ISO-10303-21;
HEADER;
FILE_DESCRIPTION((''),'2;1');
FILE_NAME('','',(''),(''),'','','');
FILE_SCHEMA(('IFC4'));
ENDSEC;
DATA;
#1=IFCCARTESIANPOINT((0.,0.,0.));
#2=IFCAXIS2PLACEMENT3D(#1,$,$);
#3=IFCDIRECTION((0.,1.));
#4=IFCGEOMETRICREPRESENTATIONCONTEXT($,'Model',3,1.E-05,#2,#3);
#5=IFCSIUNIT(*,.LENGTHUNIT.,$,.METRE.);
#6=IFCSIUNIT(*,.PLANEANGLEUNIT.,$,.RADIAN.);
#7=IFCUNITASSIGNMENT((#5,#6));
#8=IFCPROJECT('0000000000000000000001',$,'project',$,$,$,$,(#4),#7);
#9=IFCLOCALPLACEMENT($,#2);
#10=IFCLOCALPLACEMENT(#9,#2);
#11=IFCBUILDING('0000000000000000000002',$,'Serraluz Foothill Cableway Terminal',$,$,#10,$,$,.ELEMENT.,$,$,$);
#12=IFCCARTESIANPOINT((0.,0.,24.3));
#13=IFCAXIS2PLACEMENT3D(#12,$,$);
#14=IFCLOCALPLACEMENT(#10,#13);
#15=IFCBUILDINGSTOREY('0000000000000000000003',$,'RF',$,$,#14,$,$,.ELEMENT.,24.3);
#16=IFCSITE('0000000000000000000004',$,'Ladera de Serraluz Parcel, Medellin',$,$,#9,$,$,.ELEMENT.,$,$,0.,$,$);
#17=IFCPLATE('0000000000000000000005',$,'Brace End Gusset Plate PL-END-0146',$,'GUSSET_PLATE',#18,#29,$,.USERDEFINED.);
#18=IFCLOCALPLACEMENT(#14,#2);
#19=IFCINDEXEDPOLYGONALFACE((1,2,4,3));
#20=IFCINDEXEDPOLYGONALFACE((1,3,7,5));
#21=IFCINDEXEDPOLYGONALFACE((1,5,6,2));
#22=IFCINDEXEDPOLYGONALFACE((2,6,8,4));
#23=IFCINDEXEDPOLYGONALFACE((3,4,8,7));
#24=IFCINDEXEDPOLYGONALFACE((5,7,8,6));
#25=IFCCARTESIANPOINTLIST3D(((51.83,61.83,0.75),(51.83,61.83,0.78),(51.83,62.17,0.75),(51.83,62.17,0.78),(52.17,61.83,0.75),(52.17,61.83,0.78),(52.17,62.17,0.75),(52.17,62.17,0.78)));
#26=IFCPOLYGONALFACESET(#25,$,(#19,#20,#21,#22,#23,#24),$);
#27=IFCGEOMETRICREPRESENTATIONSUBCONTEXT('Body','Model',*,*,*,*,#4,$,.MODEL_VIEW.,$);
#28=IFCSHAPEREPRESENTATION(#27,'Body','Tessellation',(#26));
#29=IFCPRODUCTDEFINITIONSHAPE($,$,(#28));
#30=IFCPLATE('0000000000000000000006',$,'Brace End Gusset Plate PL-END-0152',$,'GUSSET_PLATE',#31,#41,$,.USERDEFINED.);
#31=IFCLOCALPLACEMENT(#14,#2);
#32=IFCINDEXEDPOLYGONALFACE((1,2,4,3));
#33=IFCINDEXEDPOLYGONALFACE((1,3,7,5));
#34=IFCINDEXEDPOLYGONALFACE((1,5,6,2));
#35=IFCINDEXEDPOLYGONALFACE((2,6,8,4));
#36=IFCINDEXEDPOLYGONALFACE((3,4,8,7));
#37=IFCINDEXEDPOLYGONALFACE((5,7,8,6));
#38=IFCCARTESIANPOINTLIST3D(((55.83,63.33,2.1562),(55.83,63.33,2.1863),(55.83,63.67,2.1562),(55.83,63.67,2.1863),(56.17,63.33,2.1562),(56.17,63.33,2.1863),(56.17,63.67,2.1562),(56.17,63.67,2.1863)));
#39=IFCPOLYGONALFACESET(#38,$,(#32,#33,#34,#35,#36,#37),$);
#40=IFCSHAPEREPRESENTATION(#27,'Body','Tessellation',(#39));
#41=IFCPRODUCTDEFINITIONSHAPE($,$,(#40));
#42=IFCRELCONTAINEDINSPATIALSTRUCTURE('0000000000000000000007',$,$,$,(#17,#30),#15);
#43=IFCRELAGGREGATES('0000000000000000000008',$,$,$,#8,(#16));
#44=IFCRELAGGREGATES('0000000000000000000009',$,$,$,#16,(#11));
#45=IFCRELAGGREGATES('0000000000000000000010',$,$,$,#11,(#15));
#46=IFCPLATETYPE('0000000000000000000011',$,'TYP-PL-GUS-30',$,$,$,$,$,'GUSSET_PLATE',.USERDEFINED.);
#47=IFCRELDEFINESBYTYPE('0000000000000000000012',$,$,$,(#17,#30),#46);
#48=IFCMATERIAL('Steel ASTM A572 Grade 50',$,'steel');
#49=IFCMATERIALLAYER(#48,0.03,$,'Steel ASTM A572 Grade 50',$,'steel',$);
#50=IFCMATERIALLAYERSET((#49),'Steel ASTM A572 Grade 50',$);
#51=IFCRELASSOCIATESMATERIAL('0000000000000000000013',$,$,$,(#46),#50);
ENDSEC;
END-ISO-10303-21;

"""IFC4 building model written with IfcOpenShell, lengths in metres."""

from ifc_helpers import new_model, si_unit, direction, frame, origin, origin_2d, place, context, subcontext, project, spatial, rectangle, extrude, material, layer, layer_set, type_object, element, save


model = new_model("IFC4")

# Units and contexts
model_context = context("Model", 3, precision=1e-05, world=origin(), true_north=direction((0.0, 1.0)))
body_context = subcontext(model_context, "Body", "Model", "MODEL_VIEW")
ifc_project = project(units=[si_unit("LENGTHUNIT", "METRE"), si_unit("PLANEANGLEUNIT", "RADIAN")], contexts=[model_context])

# Site, building, storey
site_placement = place(None, origin())
site = spatial("IfcSite", under=ifc_project, at=site_placement, Name="Ladera de Serraluz Parcel, Medellin", CompositionType="ELEMENT", RefElevation=0.0)
building_placement = place(site_placement, origin())
building = spatial("IfcBuilding", under=site, at=building_placement, Name="Serraluz Foothill Cableway Terminal", CompositionType="ELEMENT")
storey_placement = place(building_placement, frame((0.0, 0.0, 24.3)))
storey = spatial("IfcBuildingStorey", under=building, at=storey_placement, Name="RF", CompositionType="ELEMENT", Elevation=24.3)

# Shared definitions
ifc_material_1 = material(Name="Steel ASTM A572 Grade 50", Category="steel")

# Plates
ifc_layer_1 = layer(ifc_material_1, 0.03, Name="Steel ASTM A572 Grade 50", Category="steel")
ifc_layer_set_1 = layer_set([ifc_layer_1], Name="Steel ASTM A572 Grade 50")
plate_type_1 = type_object("IfcPlateType", Name="TYP-PL-GUS-30", ElementType="GUSSET_PLATE", PredefinedType="USERDEFINED", material=ifc_layer_set_1)
for number, where, z_axis, x_axis, name in (
    (1, (52.0, 62.0, 0.75), (0.0, 0.0, 1.0), (1.0, 0.0, 0.0), "Brace End Gusset Plate PL-END-0146"),
    (2, (56.0, 63.5, 2.1562), (0.0, 0.0, 1.0), (1.0, 0.0, 0.0), "Brace End Gusset Plate PL-END-0152"),
):
    element("IfcPlate", number, at=place(storey_placement, frame(where, z_axis=z_axis, x_axis=x_axis)), inside=storey, type_object=plate_type_1, Name=name, ObjectType="GUSSET_PLATE", PredefinedType="USERDEFINED", context=body_context, shape_type="SweptSolid", body=[
        extrude(rectangle(XDim=0.3401, YDim=0.3401, at=origin_2d()), origin(), (0.0, 0.0, 1.0), 0.03),
    ])

save(model, "model.ifc")
